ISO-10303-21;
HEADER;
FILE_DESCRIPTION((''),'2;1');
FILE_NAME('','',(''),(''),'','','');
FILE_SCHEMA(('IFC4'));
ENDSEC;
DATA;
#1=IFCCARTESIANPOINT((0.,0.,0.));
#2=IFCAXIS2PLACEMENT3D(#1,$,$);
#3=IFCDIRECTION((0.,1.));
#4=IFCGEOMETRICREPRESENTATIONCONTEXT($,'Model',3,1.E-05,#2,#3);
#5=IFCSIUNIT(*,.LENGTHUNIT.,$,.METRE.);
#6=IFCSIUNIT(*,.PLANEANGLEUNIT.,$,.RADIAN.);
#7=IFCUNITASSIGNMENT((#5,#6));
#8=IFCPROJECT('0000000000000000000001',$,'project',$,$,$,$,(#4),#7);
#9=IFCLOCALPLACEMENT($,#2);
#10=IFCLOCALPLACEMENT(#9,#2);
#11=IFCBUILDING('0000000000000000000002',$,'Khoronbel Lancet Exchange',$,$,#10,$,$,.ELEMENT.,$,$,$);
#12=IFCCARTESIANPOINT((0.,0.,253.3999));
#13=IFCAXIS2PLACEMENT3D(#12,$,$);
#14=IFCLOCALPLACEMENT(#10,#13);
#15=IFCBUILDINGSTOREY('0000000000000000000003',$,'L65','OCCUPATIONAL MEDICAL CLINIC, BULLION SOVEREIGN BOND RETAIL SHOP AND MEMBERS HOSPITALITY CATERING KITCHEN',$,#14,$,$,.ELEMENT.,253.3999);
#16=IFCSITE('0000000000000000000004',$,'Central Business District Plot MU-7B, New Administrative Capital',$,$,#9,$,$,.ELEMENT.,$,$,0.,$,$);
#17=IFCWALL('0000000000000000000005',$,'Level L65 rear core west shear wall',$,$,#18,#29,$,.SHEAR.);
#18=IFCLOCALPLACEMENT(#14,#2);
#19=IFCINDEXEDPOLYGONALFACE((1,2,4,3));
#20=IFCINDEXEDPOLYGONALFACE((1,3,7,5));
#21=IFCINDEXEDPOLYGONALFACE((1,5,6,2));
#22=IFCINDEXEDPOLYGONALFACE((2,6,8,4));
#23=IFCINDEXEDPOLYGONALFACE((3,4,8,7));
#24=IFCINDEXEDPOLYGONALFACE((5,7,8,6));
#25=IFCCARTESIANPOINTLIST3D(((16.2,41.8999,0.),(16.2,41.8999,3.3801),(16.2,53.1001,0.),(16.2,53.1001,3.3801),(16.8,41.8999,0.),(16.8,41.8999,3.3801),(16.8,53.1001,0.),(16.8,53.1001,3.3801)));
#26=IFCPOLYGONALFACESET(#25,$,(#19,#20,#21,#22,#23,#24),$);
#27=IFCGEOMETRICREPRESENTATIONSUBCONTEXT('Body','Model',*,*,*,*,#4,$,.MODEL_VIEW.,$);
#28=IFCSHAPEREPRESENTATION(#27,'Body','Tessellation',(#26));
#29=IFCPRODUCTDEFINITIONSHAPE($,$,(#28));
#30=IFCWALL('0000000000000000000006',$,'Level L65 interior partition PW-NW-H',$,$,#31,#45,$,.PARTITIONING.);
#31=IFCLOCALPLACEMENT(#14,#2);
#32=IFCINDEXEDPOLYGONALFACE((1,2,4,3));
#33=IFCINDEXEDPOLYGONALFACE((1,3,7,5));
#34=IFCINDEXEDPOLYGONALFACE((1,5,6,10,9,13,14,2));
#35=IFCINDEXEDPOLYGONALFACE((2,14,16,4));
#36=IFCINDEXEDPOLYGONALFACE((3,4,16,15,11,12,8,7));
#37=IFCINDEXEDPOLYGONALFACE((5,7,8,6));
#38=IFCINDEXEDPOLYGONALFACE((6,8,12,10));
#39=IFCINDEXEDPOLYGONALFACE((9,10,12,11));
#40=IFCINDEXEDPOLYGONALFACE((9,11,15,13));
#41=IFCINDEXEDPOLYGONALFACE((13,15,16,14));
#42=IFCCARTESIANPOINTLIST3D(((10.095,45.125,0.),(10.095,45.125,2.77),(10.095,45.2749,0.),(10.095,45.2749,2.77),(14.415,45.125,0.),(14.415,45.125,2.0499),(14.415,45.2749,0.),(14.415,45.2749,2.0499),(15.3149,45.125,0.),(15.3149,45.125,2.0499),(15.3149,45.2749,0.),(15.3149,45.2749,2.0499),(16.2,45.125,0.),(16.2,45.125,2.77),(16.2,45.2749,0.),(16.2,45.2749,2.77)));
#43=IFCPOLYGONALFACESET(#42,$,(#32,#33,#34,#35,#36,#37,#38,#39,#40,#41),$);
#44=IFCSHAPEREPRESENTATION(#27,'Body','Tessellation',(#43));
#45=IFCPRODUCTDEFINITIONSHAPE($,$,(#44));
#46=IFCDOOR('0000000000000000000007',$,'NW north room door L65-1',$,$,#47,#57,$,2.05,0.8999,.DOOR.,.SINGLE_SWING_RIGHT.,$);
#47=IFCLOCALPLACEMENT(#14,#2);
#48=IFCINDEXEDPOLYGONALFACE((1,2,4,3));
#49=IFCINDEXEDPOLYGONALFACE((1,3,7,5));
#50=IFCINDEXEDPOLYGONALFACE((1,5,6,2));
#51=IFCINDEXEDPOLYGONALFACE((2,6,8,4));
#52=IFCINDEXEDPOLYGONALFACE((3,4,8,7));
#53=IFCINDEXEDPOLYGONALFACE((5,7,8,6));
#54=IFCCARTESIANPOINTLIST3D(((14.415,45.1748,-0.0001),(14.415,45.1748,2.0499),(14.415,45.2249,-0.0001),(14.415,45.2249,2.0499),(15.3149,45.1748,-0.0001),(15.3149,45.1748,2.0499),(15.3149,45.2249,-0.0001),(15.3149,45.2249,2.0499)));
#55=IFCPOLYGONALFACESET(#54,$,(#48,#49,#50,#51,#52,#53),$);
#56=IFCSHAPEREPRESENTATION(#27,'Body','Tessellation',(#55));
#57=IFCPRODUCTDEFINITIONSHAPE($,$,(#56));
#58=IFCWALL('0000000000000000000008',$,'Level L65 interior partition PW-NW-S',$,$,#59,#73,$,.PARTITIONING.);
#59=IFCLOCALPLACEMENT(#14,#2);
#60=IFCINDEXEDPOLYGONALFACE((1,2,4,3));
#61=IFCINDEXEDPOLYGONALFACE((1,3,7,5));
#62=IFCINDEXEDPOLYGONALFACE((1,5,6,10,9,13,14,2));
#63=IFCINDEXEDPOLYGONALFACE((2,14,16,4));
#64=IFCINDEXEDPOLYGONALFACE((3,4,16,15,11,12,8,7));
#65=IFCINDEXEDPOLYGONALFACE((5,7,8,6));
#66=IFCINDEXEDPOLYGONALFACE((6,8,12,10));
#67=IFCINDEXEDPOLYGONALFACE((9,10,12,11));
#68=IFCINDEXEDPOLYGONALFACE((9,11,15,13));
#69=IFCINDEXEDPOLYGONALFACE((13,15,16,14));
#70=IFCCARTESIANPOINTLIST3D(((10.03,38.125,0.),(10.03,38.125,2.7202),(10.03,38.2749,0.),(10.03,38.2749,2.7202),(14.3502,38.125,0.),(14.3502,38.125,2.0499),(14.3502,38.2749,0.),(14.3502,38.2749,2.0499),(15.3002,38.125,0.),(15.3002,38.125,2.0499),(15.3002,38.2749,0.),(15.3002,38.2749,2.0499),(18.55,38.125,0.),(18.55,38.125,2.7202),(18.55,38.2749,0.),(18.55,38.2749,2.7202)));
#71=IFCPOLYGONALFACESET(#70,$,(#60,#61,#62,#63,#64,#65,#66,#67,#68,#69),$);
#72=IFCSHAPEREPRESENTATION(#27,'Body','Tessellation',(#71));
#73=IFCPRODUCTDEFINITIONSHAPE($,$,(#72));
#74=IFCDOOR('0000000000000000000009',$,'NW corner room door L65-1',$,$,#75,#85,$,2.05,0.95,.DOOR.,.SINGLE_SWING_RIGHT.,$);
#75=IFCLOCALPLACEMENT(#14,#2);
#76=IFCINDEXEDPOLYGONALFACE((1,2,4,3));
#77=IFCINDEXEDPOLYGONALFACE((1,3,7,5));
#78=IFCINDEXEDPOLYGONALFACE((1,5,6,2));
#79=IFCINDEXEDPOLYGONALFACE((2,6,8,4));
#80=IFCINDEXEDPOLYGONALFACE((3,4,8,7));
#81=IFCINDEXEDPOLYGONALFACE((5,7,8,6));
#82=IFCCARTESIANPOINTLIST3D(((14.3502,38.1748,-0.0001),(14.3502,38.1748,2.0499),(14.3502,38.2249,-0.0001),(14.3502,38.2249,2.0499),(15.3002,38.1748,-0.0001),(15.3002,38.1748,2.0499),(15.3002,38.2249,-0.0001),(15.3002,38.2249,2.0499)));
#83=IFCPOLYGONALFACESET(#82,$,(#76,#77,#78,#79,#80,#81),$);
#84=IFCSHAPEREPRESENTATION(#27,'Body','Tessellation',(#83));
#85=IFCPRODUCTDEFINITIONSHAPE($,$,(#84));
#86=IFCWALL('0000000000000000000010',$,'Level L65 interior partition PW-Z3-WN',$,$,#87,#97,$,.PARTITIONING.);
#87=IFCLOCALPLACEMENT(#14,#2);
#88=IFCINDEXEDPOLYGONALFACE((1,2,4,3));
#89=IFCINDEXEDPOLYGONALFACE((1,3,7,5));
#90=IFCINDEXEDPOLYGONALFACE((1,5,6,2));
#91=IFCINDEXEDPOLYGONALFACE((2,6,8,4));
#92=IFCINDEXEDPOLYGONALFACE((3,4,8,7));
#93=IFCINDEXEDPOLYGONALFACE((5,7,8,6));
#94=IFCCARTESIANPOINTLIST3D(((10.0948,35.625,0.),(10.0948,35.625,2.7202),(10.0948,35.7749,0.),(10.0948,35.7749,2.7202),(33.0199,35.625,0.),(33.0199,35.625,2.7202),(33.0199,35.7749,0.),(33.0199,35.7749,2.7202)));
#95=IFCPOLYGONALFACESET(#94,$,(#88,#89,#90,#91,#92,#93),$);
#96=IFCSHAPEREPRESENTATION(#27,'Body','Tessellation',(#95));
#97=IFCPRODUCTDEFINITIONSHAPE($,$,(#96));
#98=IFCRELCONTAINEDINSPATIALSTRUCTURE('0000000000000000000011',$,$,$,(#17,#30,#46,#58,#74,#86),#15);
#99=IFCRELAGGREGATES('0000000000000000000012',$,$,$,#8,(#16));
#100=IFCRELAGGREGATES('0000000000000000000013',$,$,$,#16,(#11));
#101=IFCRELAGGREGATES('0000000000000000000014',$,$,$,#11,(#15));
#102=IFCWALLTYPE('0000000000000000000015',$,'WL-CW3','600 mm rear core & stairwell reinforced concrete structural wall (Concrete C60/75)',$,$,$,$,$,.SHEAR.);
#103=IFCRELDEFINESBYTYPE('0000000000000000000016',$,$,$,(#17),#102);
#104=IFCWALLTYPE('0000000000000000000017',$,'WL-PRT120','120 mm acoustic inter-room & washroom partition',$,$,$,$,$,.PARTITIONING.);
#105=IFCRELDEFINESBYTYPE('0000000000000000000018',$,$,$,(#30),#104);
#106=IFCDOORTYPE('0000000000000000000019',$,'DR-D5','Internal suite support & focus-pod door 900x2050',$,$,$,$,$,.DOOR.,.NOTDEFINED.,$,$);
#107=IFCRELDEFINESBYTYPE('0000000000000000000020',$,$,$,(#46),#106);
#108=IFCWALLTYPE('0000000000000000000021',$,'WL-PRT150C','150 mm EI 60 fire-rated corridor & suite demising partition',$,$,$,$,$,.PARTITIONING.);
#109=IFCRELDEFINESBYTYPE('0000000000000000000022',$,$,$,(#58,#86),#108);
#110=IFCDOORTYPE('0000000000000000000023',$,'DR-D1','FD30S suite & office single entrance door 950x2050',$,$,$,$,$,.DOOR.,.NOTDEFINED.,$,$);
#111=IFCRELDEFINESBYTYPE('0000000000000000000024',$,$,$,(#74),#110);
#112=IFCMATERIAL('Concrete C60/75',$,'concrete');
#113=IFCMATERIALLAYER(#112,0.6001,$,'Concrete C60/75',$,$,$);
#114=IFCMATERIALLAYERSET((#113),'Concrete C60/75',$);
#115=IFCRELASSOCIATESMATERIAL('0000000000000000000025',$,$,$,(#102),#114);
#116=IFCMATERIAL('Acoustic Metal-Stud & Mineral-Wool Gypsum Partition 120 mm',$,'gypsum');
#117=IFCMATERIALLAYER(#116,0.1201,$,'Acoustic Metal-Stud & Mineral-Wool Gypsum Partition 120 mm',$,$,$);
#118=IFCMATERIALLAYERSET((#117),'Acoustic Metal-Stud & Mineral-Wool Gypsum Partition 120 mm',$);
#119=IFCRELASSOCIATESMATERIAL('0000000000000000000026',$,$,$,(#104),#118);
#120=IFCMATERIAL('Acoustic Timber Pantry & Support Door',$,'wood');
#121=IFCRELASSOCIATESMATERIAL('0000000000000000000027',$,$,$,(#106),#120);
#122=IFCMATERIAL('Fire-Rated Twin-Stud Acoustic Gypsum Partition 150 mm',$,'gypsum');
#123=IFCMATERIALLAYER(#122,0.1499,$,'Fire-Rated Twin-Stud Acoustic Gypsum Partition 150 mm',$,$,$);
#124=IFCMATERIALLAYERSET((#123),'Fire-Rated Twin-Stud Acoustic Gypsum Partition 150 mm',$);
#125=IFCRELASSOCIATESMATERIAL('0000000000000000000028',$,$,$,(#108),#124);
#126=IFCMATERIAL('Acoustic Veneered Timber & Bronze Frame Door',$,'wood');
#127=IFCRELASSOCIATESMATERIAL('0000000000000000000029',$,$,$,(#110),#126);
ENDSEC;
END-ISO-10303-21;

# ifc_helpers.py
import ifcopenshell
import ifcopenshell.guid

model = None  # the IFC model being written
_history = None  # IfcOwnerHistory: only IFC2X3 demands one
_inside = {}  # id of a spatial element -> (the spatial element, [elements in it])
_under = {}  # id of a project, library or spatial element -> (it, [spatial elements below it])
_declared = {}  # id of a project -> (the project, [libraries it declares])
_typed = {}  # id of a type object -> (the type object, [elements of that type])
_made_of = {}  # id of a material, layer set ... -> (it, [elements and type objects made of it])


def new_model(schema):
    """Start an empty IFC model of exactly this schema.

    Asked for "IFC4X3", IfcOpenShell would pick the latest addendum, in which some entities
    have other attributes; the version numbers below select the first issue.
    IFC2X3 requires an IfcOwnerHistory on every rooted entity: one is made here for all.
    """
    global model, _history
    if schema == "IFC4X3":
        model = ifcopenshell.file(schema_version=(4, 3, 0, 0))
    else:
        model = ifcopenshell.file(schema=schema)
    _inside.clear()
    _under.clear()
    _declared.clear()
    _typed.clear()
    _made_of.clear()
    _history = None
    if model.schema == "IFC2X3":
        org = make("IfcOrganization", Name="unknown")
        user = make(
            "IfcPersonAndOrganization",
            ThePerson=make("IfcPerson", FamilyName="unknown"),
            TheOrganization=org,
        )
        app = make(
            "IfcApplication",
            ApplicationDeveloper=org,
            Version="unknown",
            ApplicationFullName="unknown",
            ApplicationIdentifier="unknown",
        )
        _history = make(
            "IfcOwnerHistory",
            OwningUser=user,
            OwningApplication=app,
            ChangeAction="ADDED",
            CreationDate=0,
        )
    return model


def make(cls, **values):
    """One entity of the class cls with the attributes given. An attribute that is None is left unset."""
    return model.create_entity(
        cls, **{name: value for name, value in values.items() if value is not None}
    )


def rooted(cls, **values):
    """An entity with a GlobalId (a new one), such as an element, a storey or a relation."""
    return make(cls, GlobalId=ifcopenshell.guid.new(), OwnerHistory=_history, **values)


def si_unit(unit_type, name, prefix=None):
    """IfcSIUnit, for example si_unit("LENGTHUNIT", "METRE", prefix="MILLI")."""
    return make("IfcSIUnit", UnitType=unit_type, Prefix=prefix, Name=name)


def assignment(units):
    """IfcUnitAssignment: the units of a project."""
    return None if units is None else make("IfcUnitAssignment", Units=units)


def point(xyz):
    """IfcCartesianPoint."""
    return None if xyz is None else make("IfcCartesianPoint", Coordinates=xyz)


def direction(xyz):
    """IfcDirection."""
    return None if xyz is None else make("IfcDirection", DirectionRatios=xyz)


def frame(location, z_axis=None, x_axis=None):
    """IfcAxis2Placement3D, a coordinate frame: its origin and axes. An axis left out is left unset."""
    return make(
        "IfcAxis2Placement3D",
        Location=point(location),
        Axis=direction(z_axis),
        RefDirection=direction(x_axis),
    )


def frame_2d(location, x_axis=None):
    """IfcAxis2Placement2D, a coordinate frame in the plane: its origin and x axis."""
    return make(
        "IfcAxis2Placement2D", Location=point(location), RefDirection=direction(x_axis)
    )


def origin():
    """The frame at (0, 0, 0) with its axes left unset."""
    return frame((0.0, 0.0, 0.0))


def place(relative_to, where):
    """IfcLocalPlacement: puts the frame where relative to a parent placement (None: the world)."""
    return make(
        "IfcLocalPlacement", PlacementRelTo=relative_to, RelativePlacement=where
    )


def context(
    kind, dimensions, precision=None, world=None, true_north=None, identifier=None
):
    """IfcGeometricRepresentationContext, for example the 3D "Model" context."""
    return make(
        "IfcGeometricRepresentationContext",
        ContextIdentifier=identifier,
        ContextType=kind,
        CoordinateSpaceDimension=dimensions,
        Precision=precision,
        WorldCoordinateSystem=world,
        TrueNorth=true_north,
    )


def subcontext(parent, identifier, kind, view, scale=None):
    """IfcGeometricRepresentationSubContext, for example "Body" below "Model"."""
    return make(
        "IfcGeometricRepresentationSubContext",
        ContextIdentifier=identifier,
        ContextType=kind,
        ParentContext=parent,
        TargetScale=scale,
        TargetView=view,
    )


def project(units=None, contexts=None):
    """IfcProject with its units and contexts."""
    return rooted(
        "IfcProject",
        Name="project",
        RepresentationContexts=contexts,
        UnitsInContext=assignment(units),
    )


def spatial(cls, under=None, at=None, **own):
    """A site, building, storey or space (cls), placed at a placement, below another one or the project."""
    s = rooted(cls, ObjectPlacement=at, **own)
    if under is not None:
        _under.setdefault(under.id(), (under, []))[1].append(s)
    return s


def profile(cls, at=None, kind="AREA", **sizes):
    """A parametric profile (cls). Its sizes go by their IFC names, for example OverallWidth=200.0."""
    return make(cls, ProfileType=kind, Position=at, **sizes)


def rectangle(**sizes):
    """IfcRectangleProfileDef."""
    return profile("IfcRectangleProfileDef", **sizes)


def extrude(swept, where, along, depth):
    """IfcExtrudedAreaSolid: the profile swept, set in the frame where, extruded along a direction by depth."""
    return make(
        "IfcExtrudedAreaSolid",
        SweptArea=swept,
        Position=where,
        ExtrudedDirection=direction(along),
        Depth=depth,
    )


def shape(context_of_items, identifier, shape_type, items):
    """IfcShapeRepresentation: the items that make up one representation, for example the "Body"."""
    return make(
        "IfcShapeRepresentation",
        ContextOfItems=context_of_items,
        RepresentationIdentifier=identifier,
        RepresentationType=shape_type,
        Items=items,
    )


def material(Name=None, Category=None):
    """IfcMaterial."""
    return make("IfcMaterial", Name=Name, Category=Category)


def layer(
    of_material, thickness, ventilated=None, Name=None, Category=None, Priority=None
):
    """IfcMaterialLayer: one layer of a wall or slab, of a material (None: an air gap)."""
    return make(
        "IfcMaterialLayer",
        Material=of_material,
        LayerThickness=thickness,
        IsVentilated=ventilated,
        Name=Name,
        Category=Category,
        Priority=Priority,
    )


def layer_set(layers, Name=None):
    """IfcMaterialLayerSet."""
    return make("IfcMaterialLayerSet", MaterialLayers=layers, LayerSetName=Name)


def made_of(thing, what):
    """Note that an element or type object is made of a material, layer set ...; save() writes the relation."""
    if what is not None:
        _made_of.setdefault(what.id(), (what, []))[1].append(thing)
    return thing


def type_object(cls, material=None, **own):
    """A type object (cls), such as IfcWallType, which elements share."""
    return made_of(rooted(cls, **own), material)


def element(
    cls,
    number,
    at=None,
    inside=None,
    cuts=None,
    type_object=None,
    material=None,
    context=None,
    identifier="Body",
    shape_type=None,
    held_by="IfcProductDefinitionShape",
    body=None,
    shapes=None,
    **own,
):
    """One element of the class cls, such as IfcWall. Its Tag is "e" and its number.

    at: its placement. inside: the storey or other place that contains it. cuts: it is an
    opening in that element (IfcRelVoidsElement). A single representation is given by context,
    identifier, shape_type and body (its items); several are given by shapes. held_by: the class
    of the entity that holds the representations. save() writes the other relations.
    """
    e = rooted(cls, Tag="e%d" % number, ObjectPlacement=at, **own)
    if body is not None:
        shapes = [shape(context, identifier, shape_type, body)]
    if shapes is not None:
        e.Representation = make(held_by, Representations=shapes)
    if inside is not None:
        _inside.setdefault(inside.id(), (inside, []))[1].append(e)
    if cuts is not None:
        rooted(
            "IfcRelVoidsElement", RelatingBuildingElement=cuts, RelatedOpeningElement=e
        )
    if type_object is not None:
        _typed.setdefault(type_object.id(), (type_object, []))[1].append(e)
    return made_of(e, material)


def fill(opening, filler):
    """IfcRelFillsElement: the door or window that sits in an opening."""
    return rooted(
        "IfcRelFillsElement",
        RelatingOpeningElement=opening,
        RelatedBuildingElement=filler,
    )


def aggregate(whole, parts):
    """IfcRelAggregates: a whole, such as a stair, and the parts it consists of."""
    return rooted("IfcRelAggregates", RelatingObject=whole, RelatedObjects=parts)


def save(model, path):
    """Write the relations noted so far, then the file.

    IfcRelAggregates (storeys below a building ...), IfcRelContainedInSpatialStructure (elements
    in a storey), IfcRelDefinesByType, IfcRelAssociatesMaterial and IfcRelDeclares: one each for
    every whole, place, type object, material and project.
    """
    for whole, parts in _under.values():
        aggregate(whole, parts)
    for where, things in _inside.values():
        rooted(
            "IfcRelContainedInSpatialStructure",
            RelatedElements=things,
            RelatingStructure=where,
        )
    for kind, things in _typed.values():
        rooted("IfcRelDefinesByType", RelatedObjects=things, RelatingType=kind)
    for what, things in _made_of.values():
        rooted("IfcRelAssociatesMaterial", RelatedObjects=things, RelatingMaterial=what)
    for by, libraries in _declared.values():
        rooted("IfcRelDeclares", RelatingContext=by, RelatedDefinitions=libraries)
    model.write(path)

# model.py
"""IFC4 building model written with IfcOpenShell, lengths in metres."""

from ifc_helpers import new_model, si_unit, direction, frame, frame_2d, origin, place, context, subcontext, project, spatial, rectangle, extrude, material, layer, layer_set, type_object, element, fill, save


model = new_model("IFC4")

# Units and contexts
model_context = context("Model", 3, precision=1e-05, world=origin(), true_north=direction((0.0, 1.0)))
body_context = subcontext(model_context, "Body", "Model", "MODEL_VIEW")
ifc_project = project(units=[si_unit("LENGTHUNIT", "METRE"), si_unit("PLANEANGLEUNIT", "RADIAN")], contexts=[model_context])

# Site, building, storey
site_placement = place(None, origin())
site = spatial("IfcSite", under=ifc_project, at=site_placement, Name="Central Business District Plot MU-7B, New Administrative Capital", CompositionType="ELEMENT", RefElevation=0.0)
building_placement = place(site_placement, origin())
building = spatial("IfcBuilding", under=site, at=building_placement, Name="Khoronbel Lancet Exchange", CompositionType="ELEMENT")
storey_placement = place(building_placement, frame((0.0, 0.0, 253.3999)))
storey = spatial("IfcBuildingStorey", under=building, at=storey_placement, Name="L65", Description="OCCUPATIONAL MEDICAL CLINIC, BULLION SOVEREIGN BOND RETAIL SHOP AND MEMBERS HOSPITALITY CATERING KITCHEN", CompositionType="ELEMENT", Elevation=253.3999)

# Wall
ifc_material_1 = material(Name="Concrete C60/75", Category="concrete")
ifc_layer_1 = layer(ifc_material_1, 0.6001, Name="Concrete C60/75")
ifc_layer_set_1 = layer_set([ifc_layer_1], Name="Concrete C60/75")
wall_type_1 = type_object("IfcWallType", Name="WL-CW3", Description="600 mm rear core & stairwell reinforced concrete structural wall (Concrete C60/75)", PredefinedType="SHEAR", material=ifc_layer_set_1)
wall_1_placement = place(storey_placement, frame((16.5, 41.8999, 0.0), z_axis=(0.0, 0.0, 1.0), x_axis=(0.0, 1.0, 0.0)))
element("IfcWall", 1, at=wall_1_placement, inside=storey, type_object=wall_type_1, Name="Level L65 rear core west shear wall", PredefinedType="SHEAR", context=body_context, shape_type="SweptSolid", body=[
    extrude(rectangle(XDim=11.2002, YDim=0.6001, at=frame_2d((5.6001, 0.0))), origin(), (0.0, 0.0, 1.0), 3.3801),
])

# Walls, openings, doors
ifc_material_2 = material(Name="Acoustic Metal-Stud & Mineral-Wool Gypsum Partition 120 mm", Category="gypsum")
ifc_layer_2 = layer(ifc_material_2, 0.1201, Name="Acoustic Metal-Stud & Mineral-Wool Gypsum Partition 120 mm")
ifc_layer_set_2 = layer_set([ifc_layer_2], Name="Acoustic Metal-Stud & Mineral-Wool Gypsum Partition 120 mm")
wall_type_2 = type_object("IfcWallType", Name="WL-PRT120", Description="120 mm acoustic inter-room & washroom partition", PredefinedType="PARTITIONING", material=ifc_layer_set_2)
wall_2_placement = place(storey_placement, frame((10.095, 45.2, 0.0), z_axis=(0.0, 0.0, 1.0), x_axis=(1.0, 0.0, 0.0)))
wall_2 = element("IfcWall", 2, at=wall_2_placement, inside=storey, type_object=wall_type_2, Name="Level L65 interior partition PW-NW-H", PredefinedType="PARTITIONING", context=body_context, shape_type="SweptSolid", body=[
    extrude(rectangle(XDim=6.105, YDim=0.1499, at=frame_2d((3.0525, 0.0))), origin(), (0.0, 0.0, 1.0), 2.77),
])
opening_1_placement = place(wall_2_placement, frame((4.3201, 0.0, 0.0)))
opening_1 = element("IfcOpeningElement", 3, at=opening_1_placement, cuts=wall_2, PredefinedType="OPENING", context=body_context, shape_type="SweptSolid", body=[
    extrude(rectangle(XDim=0.8999, YDim=2.05, at=frame_2d((0.45, 1.0249))), frame((0.0, 0.085, 0.0), z_axis=(0.0, -1.0, 0.0), x_axis=(1.0, 0.0, 0.0)), (0.0, 0.0, 1.0), 0.1699),
])
ifc_material_3 = material(Name="Acoustic Timber Pantry & Support Door", Category="wood")
door_type_1 = type_object("IfcDoorType", Name="DR-D5", Description="Internal suite support & focus-pod door 900x2050", OperationType="NOTDEFINED", PredefinedType="DOOR", material=ifc_material_3)
door_1_placement = place(opening_1_placement, origin())
door_1 = element("IfcDoor", 4, at=door_1_placement, inside=storey, type_object=door_type_1, Name="NW north room door L65-1", OperationType="SINGLE_SWING_RIGHT", OverallHeight=2.05, OverallWidth=0.8999, PredefinedType="DOOR", context=body_context, shape_type="SweptSolid", body=[
    extrude(rectangle(XDim=0.8999, YDim=2.05, at=frame_2d((0.45, 1.0249))), frame((0.0, 0.0249, 0.0), z_axis=(0.0, -1.0, 0.0), x_axis=(1.0, 0.0, 0.0)), (0.0, 0.0, 1.0), 0.05),
])
fill(opening_1, door_1)
ifc_material_4 = material(Name="Fire-Rated Twin-Stud Acoustic Gypsum Partition 150 mm", Category="gypsum")
ifc_layer_3 = layer(ifc_material_4, 0.1499, Name="Fire-Rated Twin-Stud Acoustic Gypsum Partition 150 mm")
ifc_layer_set_3 = layer_set([ifc_layer_3], Name="Fire-Rated Twin-Stud Acoustic Gypsum Partition 150 mm")
wall_type_3 = type_object("IfcWallType", Name="WL-PRT150C", Description="150 mm EI 60 fire-rated corridor & suite demising partition", PredefinedType="PARTITIONING", material=ifc_layer_set_3)
wall_3_placement = place(storey_placement, frame((10.03, 38.2, 0.0), z_axis=(0.0, 0.0, 1.0), x_axis=(1.0, 0.0, 0.0)))
wall_3 = element("IfcWall", 5, at=wall_3_placement, inside=storey, type_object=wall_type_3, Name="Level L65 interior partition PW-NW-S", PredefinedType="PARTITIONING", context=body_context, shape_type="SweptSolid", body=[
    extrude(rectangle(XDim=8.52, YDim=0.1499, at=frame_2d((4.26, 0.0))), origin(), (0.0, 0.0, 1.0), 2.7202),
])
opening_2_placement = place(wall_3_placement, frame((4.3201, 0.0, 0.0)))
opening_2 = element("IfcOpeningElement", 6, at=opening_2_placement, cuts=wall_3, PredefinedType="OPENING", context=body_context, shape_type="SweptSolid", body=[
    extrude(rectangle(XDim=0.95, YDim=2.05, at=frame_2d((0.4751, 1.0249))), frame((0.0, 0.085, 0.0), z_axis=(0.0, -1.0, 0.0), x_axis=(1.0, 0.0, 0.0)), (0.0, 0.0, 1.0), 0.1699),
])
ifc_material_5 = material(Name="Acoustic Veneered Timber & Bronze Frame Door", Category="wood")
door_type_2 = type_object("IfcDoorType", Name="DR-D1", Description="FD30S suite & office single entrance door 950x2050", OperationType="NOTDEFINED", PredefinedType="DOOR", material=ifc_material_5)
door_2_placement = place(opening_2_placement, origin())
door_2 = element("IfcDoor", 7, at=door_2_placement, inside=storey, type_object=door_type_2, Name="NW corner room door L65-1", OperationType="SINGLE_SWING_RIGHT", OverallHeight=2.05, OverallWidth=0.95, PredefinedType="DOOR", context=body_context, shape_type="SweptSolid", body=[
    extrude(rectangle(XDim=0.95, YDim=2.05, at=frame_2d((0.4751, 1.0249))), frame((0.0, 0.0249, 0.0), z_axis=(0.0, -1.0, 0.0), x_axis=(1.0, 0.0, 0.0)), (0.0, 0.0, 1.0), 0.05),
])
fill(opening_2, door_2)

# Wall
wall_4_placement = place(storey_placement, frame((10.095, 35.7, 0.0), z_axis=(0.0, 0.0, 1.0), x_axis=(1.0, 0.0, 0.0)))
element("IfcWall", 8, at=wall_4_placement, inside=storey, type_object=wall_type_3, Name="Level L65 interior partition PW-Z3-WN", PredefinedType="PARTITIONING", context=body_context, shape_type="SweptSolid", body=[
    extrude(rectangle(XDim=22.925, YDim=0.1499, at=frame_2d((11.4624, 0.0))), origin(), (0.0, 0.0, 1.0), 2.7202),
])

save(model, "model.ifc")
